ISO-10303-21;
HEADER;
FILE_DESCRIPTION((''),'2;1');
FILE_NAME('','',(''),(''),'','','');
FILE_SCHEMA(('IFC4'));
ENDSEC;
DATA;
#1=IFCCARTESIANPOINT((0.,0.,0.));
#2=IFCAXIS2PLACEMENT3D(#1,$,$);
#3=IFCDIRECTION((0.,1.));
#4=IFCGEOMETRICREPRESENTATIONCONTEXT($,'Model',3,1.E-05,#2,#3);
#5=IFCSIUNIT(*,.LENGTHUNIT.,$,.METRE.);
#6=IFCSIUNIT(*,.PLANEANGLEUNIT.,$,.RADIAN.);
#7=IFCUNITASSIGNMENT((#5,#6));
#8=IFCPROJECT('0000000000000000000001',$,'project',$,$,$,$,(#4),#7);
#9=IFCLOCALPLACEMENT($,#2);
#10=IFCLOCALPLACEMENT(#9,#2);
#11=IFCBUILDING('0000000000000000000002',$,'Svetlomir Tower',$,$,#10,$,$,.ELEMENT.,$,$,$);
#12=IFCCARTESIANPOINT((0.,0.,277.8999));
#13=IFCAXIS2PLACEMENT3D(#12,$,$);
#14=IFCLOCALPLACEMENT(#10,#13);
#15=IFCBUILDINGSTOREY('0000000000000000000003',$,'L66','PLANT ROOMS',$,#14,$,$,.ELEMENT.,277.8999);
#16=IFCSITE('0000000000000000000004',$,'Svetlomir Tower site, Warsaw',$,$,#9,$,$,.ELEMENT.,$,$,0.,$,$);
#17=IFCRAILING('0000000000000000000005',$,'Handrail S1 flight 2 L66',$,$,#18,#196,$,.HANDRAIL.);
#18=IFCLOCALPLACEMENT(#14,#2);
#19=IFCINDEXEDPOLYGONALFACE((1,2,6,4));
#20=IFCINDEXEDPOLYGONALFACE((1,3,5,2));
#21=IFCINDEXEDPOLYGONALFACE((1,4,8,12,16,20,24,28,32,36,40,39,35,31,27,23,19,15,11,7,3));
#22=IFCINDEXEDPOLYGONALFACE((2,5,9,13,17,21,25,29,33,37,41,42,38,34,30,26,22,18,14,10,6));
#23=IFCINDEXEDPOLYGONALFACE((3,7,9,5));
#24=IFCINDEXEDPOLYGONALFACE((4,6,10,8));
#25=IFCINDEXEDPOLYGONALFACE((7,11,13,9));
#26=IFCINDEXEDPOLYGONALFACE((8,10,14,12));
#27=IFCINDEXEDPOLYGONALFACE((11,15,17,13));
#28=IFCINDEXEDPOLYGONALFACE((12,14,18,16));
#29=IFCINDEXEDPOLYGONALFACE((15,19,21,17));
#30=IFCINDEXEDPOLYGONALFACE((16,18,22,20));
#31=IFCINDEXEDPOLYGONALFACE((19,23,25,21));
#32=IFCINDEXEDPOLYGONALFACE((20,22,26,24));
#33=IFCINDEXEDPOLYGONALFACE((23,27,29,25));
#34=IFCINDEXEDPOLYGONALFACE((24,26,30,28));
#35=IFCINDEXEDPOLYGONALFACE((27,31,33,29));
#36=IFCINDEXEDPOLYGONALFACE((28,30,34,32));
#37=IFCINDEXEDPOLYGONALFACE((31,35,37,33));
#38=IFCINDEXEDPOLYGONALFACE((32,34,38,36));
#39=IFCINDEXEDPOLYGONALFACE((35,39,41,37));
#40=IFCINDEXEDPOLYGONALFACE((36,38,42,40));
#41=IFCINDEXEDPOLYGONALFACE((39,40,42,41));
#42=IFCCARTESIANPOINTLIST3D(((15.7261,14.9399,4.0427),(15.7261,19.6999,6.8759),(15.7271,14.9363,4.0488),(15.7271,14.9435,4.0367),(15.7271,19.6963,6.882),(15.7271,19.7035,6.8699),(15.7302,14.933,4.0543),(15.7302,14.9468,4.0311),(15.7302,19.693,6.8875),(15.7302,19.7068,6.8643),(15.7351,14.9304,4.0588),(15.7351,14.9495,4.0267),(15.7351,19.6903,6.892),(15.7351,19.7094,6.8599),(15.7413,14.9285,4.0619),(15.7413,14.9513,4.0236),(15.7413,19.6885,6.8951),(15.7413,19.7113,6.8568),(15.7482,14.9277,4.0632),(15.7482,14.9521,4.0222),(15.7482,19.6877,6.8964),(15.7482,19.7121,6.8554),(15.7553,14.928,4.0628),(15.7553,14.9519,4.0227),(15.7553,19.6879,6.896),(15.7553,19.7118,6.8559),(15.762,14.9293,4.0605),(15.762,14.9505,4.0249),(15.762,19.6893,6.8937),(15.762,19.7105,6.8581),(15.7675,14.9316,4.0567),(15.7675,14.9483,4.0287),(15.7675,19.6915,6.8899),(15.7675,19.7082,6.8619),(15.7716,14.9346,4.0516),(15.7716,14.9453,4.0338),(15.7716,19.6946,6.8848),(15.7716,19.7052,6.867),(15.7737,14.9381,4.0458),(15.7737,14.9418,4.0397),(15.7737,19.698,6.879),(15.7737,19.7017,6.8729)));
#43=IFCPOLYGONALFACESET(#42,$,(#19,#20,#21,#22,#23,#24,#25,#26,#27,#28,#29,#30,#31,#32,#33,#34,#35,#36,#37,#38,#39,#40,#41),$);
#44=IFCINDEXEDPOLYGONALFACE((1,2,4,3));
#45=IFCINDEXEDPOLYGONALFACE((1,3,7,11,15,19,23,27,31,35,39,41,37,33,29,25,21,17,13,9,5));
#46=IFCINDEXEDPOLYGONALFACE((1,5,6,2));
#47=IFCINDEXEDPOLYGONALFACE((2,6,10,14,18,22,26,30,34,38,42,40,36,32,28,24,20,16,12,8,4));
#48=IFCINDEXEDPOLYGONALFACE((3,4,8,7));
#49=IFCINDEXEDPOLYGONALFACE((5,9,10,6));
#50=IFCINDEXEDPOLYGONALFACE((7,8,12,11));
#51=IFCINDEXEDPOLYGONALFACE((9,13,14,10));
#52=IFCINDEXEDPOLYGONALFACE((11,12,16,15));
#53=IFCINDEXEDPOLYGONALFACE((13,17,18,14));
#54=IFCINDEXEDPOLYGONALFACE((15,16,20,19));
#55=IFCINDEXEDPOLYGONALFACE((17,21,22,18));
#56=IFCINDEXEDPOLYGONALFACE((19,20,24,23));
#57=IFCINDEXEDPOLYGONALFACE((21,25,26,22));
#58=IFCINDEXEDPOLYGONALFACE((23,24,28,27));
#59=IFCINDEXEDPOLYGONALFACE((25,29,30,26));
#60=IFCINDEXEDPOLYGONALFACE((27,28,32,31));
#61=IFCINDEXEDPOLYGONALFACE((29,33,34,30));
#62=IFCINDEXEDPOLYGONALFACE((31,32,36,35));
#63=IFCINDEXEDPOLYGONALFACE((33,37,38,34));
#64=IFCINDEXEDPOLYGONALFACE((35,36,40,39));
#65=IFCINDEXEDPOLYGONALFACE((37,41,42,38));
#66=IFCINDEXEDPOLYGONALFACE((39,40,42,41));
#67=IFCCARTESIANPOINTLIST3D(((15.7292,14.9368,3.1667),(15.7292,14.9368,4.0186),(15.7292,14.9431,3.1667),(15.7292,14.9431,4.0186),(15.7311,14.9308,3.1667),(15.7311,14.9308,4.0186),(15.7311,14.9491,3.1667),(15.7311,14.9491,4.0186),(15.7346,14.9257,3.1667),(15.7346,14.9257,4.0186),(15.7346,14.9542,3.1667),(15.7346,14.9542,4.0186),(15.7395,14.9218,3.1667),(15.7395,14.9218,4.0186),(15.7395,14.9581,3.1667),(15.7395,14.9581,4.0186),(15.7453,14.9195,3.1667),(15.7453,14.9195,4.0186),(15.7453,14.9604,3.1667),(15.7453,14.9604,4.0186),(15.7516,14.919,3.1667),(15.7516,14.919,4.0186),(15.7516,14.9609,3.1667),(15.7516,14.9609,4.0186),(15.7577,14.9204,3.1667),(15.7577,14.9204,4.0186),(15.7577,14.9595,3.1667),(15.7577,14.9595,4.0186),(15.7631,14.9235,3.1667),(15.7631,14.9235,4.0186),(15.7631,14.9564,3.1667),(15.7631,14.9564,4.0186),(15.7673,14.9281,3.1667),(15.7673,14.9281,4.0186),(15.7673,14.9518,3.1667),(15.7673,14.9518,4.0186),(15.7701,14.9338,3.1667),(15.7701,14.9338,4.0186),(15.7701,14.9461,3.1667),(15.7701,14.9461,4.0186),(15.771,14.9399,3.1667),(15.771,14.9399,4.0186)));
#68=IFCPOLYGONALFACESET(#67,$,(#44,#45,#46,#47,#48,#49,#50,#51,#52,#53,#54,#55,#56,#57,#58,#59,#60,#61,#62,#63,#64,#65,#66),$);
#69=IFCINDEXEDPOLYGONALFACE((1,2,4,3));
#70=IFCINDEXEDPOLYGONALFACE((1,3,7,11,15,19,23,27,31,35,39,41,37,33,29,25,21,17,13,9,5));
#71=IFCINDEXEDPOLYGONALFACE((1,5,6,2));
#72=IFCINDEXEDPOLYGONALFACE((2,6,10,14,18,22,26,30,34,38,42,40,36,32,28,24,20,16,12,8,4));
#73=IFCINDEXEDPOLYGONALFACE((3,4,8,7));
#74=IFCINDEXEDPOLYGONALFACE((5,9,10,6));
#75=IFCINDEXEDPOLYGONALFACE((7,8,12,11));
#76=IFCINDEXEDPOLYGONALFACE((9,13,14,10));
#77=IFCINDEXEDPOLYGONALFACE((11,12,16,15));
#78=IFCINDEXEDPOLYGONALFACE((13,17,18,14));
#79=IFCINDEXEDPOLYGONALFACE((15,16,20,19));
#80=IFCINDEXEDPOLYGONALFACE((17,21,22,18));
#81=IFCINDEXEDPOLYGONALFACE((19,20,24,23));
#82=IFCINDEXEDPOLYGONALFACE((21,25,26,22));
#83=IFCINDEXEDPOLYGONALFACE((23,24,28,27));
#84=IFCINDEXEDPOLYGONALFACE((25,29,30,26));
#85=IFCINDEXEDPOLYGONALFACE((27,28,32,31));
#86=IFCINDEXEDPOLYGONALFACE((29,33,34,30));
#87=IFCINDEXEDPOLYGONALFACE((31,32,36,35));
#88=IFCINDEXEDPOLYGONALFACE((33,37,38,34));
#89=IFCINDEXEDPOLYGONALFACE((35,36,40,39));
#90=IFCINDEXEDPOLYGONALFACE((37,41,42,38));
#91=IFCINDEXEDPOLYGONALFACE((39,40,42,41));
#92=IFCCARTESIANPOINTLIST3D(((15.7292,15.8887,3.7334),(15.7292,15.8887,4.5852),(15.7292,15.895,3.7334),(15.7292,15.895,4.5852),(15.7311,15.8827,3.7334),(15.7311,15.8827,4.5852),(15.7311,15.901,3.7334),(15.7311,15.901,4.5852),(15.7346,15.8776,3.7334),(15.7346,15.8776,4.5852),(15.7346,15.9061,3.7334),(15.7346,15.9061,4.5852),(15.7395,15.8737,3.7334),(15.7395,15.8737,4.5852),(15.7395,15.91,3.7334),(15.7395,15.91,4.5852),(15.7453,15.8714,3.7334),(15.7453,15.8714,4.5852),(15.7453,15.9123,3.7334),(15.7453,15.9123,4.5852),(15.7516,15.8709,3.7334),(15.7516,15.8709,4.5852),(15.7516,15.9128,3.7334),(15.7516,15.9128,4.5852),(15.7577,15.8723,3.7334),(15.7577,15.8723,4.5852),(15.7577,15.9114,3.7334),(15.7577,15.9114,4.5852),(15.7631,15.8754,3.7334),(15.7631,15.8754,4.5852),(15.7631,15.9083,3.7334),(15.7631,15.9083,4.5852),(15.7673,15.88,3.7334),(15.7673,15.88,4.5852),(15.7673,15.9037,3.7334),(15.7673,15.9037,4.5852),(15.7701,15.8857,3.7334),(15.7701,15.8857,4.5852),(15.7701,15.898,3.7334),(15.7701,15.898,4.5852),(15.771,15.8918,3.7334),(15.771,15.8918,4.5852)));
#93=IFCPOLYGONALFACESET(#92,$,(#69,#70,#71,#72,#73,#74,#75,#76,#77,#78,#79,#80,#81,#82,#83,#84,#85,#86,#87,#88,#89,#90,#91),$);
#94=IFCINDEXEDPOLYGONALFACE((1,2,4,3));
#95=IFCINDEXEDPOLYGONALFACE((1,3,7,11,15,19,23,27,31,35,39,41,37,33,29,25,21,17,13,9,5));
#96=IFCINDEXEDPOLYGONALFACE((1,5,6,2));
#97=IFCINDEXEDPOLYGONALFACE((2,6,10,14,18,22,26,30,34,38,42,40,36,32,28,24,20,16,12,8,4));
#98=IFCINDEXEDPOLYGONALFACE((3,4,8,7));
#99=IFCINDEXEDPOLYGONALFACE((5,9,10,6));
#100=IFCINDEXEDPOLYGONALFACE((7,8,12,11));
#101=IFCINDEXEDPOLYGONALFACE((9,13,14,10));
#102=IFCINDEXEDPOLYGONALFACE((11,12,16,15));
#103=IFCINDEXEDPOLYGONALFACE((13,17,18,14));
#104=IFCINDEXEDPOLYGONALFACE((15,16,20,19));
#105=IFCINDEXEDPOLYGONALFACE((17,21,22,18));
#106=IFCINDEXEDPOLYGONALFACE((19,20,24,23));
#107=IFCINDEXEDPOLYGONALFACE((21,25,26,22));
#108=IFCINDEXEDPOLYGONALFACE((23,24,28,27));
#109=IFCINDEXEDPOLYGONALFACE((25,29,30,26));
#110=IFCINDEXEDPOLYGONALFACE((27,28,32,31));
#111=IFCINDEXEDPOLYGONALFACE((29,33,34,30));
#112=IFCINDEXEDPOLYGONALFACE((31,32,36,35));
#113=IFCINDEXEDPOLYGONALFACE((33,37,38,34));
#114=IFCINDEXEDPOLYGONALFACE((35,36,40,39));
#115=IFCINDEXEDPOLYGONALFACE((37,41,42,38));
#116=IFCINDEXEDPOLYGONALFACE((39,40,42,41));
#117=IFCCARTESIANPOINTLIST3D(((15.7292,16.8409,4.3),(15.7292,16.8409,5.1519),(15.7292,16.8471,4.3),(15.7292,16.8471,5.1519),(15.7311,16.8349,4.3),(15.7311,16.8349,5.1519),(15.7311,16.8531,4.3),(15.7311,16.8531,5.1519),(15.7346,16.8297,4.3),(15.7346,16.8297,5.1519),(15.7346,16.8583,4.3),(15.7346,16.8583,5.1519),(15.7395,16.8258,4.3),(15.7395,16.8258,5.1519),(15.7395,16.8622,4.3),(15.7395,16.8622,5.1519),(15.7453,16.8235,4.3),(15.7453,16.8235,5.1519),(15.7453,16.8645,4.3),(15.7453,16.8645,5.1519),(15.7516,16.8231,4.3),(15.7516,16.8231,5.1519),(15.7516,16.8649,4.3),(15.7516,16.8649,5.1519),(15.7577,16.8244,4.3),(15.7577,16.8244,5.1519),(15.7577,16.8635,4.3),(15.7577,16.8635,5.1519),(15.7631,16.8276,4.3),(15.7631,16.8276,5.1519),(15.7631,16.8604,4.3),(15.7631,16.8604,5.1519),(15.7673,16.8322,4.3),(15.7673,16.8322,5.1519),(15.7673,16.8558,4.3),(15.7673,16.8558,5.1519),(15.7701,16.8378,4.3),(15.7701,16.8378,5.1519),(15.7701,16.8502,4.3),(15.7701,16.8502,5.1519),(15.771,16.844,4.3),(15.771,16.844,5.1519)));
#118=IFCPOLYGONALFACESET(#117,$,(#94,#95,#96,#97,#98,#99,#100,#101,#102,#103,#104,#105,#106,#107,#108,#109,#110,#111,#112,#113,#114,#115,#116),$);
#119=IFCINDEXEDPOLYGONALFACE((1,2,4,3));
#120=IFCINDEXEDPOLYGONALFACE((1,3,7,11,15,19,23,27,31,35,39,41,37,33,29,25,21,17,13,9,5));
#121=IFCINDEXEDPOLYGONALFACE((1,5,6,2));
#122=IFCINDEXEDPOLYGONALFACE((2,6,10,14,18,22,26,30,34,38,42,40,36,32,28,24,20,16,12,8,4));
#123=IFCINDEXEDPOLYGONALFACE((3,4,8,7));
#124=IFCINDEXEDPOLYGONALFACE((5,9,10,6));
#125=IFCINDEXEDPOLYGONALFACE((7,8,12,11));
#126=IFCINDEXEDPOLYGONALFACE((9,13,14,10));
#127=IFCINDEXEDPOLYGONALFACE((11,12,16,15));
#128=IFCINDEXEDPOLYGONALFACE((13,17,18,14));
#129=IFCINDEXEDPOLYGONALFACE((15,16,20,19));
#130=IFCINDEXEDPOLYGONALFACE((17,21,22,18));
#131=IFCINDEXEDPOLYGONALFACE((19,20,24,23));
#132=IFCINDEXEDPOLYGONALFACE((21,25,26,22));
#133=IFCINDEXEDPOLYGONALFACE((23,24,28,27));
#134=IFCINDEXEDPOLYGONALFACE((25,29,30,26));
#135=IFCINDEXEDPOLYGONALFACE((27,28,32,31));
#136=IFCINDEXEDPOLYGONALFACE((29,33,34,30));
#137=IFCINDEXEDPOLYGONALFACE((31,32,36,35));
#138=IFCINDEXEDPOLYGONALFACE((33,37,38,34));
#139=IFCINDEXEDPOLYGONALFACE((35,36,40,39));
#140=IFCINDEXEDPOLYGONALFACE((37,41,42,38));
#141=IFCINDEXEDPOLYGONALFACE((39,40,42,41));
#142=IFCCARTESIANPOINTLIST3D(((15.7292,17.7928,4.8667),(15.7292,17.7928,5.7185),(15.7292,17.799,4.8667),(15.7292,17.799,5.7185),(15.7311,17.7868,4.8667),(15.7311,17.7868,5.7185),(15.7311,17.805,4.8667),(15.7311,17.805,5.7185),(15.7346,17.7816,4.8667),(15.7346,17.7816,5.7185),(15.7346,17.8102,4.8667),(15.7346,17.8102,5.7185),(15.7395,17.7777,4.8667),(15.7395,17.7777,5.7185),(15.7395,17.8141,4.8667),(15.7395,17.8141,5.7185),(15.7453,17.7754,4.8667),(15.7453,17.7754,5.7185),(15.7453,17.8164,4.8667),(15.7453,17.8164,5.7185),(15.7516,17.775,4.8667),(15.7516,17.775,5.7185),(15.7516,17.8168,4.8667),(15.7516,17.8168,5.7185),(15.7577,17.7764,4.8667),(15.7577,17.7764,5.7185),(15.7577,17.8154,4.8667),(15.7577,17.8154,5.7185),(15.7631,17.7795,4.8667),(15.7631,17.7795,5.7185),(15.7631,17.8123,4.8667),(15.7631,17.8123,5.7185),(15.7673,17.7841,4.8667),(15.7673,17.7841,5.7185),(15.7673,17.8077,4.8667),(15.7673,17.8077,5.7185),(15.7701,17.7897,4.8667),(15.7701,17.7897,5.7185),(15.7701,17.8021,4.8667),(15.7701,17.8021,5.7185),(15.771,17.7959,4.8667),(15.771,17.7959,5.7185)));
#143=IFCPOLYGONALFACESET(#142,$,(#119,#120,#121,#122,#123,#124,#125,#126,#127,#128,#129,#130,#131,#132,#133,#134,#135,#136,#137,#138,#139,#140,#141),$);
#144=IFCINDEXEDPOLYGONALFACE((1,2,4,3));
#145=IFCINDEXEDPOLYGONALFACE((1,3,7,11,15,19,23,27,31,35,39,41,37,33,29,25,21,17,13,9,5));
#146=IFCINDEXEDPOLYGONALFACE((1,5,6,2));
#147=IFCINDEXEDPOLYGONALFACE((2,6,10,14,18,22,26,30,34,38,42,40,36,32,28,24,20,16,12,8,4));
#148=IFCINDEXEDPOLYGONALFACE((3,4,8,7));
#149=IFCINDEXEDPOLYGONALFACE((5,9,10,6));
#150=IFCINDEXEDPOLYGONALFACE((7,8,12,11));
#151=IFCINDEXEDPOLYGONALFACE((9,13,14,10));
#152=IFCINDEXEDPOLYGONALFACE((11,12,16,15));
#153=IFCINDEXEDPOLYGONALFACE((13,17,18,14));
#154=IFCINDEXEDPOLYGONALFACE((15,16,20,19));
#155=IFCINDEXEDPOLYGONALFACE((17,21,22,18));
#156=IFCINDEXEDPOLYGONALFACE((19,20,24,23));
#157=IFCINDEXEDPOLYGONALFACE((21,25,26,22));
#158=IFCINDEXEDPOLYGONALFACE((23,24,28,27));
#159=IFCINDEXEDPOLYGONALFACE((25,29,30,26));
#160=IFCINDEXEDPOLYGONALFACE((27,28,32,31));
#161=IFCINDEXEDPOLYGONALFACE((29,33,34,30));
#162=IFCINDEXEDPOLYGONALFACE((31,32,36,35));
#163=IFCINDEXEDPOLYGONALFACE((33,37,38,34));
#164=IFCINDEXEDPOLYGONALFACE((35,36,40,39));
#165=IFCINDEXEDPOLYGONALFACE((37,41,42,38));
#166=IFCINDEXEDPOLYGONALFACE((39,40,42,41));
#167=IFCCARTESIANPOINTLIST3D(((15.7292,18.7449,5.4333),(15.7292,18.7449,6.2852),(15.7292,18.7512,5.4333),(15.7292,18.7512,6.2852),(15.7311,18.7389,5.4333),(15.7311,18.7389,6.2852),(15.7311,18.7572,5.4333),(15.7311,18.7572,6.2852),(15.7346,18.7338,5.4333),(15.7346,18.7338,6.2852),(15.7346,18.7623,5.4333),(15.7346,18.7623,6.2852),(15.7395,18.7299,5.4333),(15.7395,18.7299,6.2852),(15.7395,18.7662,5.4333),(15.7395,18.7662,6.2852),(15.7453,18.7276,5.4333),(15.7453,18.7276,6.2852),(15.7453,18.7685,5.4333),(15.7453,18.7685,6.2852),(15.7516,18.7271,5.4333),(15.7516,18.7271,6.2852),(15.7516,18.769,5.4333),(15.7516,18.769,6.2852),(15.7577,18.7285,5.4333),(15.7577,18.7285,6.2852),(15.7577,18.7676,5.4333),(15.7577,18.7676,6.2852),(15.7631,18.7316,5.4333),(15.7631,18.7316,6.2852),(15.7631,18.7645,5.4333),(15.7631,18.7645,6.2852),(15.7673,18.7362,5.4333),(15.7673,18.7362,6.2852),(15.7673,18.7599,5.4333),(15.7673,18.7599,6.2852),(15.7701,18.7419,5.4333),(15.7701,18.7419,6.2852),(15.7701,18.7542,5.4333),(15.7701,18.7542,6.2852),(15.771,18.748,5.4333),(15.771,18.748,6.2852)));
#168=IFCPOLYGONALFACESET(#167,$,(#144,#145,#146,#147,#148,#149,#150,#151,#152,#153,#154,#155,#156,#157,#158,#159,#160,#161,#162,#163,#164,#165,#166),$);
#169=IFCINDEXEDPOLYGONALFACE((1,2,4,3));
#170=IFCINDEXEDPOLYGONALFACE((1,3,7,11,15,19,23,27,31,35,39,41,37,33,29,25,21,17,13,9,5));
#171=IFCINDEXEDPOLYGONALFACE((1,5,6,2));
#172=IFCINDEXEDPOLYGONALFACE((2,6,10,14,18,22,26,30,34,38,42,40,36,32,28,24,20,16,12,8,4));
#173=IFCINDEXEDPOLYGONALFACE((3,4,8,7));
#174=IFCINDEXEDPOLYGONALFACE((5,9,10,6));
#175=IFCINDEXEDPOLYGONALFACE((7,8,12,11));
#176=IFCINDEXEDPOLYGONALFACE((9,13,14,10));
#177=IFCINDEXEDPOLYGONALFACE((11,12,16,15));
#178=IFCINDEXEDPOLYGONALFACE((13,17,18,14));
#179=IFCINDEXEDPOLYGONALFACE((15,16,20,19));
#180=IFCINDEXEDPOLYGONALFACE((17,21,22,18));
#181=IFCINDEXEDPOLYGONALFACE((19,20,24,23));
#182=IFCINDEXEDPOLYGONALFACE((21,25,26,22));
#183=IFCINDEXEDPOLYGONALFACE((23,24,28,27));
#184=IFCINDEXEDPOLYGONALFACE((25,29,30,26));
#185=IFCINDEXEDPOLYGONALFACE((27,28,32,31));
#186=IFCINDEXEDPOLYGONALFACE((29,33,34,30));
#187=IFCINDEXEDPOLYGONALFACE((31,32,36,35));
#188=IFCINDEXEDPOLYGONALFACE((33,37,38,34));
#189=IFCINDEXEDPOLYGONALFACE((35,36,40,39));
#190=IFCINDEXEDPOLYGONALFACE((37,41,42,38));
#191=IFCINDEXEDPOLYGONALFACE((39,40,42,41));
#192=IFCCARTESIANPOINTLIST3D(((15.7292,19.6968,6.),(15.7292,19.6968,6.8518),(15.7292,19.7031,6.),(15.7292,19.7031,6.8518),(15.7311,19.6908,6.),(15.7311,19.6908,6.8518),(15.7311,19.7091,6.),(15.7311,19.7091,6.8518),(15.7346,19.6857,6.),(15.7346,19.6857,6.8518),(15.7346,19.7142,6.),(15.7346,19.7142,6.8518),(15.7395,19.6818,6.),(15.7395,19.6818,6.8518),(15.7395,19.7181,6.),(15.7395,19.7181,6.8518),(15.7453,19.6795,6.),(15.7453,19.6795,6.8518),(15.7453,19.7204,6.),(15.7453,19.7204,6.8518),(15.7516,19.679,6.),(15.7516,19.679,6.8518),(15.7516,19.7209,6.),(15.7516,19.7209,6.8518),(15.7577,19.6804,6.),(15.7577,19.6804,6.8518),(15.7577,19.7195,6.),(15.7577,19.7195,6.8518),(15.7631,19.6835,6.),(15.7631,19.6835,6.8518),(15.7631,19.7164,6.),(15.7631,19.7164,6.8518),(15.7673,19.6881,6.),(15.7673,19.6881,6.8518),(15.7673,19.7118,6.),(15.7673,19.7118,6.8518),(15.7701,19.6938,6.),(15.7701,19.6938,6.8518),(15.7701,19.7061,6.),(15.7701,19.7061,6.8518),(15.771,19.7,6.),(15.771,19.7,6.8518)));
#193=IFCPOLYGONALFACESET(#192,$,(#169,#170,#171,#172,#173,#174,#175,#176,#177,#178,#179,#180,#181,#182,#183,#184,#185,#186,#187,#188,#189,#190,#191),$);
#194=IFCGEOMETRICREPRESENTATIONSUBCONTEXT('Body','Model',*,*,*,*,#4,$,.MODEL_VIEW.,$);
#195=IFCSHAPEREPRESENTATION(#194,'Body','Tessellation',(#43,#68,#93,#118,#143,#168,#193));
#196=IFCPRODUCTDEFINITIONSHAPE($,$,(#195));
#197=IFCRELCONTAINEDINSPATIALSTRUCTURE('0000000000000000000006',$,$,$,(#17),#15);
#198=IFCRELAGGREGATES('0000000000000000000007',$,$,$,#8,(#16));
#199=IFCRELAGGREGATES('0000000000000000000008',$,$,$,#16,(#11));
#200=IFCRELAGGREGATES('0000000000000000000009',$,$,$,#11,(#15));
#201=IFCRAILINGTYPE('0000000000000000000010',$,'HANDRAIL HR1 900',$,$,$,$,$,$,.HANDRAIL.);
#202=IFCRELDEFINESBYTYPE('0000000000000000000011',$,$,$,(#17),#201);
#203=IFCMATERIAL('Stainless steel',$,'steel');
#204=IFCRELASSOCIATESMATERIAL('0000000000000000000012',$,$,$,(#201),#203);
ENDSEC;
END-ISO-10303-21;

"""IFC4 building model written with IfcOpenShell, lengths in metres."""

from ifc_helpers import new_model, si_unit, direction, frame, origin, origin_2d, place, context, subcontext, project, spatial, circle, extrude, material, type_object, element, save


model = new_model("IFC4")

# Units and contexts
model_context = context("Model", 3, precision=1e-05, world=origin(), true_north=direction((0.0, 1.0)))
body_context = subcontext(model_context, "Body", "Model", "MODEL_VIEW")
ifc_project = project(units=[si_unit("LENGTHUNIT", "METRE"), si_unit("PLANEANGLEUNIT", "RADIAN")], contexts=[model_context])

# Site, building, storey
site_placement = place(None, origin())
site = spatial("IfcSite", under=ifc_project, at=site_placement, Name="Svetlomir Tower site, Warsaw", CompositionType="ELEMENT", RefElevation=0.0)
building_placement = place(site_placement, origin())
building = spatial("IfcBuilding", under=site, at=building_placement, Name="Svetlomir Tower", CompositionType="ELEMENT")
storey_placement = place(building_placement, frame((0.0, 0.0, 277.8999)))
storey = spatial("IfcBuildingStorey", under=building, at=storey_placement, Name="L66", Description="PLANT ROOMS", CompositionType="ELEMENT", Elevation=277.8999)

# Railing
ifc_material_1 = material(Name="Stainless steel", Category="steel")
railing_type = type_object("IfcRailingType", Name="HANDRAIL HR1 900", PredefinedType="HANDRAIL", material=ifc_material_1)
railing_placement = place(storey_placement, frame((15.75, 14.9399, 3.1667)))
element("IfcRailing", 1, at=railing_placement, inside=storey, type_object=railing_type, Name="Handrail S1 flight 2 L66", PredefinedType="HANDRAIL", context=body_context, shape_type="SweptSolid", body=[
    extrude(circle(Radius=0.0239, at=origin_2d()), frame((0.0, 0.0, 0.876), z_axis=(0.0, 0.8593, 0.511472), x_axis=(-1.0, 0.0, 0.0)), (0.0, 0.0, 1.0), 5.5393),
    extrude(circle(Radius=0.021, at=origin_2d()), origin(), (0.0, 0.0, 1.0), 0.8518),
    extrude(circle(Radius=0.021, at=origin_2d()), frame((0.0, 0.9519, 0.5667)), (0.0, 0.0, 1.0), 0.8518),
    extrude(circle(Radius=0.021, at=origin_2d()), frame((0.0, 1.9041, 1.1333)), (0.0, 0.0, 1.0), 0.8518),
    extrude(circle(Radius=0.021, at=origin_2d()), frame((0.0, 2.856, 1.7)), (0.0, 0.0, 1.0), 0.8518),
    extrude(circle(Radius=0.021, at=origin_2d()), frame((0.0, 3.8081, 2.2666)), (0.0, 0.0, 1.0), 0.8518),
    extrude(circle(Radius=0.021, at=origin_2d()), frame((0.0, 4.76, 2.8333)), (0.0, 0.0, 1.0), 0.8518),
])

save(model, "model.ifc")
